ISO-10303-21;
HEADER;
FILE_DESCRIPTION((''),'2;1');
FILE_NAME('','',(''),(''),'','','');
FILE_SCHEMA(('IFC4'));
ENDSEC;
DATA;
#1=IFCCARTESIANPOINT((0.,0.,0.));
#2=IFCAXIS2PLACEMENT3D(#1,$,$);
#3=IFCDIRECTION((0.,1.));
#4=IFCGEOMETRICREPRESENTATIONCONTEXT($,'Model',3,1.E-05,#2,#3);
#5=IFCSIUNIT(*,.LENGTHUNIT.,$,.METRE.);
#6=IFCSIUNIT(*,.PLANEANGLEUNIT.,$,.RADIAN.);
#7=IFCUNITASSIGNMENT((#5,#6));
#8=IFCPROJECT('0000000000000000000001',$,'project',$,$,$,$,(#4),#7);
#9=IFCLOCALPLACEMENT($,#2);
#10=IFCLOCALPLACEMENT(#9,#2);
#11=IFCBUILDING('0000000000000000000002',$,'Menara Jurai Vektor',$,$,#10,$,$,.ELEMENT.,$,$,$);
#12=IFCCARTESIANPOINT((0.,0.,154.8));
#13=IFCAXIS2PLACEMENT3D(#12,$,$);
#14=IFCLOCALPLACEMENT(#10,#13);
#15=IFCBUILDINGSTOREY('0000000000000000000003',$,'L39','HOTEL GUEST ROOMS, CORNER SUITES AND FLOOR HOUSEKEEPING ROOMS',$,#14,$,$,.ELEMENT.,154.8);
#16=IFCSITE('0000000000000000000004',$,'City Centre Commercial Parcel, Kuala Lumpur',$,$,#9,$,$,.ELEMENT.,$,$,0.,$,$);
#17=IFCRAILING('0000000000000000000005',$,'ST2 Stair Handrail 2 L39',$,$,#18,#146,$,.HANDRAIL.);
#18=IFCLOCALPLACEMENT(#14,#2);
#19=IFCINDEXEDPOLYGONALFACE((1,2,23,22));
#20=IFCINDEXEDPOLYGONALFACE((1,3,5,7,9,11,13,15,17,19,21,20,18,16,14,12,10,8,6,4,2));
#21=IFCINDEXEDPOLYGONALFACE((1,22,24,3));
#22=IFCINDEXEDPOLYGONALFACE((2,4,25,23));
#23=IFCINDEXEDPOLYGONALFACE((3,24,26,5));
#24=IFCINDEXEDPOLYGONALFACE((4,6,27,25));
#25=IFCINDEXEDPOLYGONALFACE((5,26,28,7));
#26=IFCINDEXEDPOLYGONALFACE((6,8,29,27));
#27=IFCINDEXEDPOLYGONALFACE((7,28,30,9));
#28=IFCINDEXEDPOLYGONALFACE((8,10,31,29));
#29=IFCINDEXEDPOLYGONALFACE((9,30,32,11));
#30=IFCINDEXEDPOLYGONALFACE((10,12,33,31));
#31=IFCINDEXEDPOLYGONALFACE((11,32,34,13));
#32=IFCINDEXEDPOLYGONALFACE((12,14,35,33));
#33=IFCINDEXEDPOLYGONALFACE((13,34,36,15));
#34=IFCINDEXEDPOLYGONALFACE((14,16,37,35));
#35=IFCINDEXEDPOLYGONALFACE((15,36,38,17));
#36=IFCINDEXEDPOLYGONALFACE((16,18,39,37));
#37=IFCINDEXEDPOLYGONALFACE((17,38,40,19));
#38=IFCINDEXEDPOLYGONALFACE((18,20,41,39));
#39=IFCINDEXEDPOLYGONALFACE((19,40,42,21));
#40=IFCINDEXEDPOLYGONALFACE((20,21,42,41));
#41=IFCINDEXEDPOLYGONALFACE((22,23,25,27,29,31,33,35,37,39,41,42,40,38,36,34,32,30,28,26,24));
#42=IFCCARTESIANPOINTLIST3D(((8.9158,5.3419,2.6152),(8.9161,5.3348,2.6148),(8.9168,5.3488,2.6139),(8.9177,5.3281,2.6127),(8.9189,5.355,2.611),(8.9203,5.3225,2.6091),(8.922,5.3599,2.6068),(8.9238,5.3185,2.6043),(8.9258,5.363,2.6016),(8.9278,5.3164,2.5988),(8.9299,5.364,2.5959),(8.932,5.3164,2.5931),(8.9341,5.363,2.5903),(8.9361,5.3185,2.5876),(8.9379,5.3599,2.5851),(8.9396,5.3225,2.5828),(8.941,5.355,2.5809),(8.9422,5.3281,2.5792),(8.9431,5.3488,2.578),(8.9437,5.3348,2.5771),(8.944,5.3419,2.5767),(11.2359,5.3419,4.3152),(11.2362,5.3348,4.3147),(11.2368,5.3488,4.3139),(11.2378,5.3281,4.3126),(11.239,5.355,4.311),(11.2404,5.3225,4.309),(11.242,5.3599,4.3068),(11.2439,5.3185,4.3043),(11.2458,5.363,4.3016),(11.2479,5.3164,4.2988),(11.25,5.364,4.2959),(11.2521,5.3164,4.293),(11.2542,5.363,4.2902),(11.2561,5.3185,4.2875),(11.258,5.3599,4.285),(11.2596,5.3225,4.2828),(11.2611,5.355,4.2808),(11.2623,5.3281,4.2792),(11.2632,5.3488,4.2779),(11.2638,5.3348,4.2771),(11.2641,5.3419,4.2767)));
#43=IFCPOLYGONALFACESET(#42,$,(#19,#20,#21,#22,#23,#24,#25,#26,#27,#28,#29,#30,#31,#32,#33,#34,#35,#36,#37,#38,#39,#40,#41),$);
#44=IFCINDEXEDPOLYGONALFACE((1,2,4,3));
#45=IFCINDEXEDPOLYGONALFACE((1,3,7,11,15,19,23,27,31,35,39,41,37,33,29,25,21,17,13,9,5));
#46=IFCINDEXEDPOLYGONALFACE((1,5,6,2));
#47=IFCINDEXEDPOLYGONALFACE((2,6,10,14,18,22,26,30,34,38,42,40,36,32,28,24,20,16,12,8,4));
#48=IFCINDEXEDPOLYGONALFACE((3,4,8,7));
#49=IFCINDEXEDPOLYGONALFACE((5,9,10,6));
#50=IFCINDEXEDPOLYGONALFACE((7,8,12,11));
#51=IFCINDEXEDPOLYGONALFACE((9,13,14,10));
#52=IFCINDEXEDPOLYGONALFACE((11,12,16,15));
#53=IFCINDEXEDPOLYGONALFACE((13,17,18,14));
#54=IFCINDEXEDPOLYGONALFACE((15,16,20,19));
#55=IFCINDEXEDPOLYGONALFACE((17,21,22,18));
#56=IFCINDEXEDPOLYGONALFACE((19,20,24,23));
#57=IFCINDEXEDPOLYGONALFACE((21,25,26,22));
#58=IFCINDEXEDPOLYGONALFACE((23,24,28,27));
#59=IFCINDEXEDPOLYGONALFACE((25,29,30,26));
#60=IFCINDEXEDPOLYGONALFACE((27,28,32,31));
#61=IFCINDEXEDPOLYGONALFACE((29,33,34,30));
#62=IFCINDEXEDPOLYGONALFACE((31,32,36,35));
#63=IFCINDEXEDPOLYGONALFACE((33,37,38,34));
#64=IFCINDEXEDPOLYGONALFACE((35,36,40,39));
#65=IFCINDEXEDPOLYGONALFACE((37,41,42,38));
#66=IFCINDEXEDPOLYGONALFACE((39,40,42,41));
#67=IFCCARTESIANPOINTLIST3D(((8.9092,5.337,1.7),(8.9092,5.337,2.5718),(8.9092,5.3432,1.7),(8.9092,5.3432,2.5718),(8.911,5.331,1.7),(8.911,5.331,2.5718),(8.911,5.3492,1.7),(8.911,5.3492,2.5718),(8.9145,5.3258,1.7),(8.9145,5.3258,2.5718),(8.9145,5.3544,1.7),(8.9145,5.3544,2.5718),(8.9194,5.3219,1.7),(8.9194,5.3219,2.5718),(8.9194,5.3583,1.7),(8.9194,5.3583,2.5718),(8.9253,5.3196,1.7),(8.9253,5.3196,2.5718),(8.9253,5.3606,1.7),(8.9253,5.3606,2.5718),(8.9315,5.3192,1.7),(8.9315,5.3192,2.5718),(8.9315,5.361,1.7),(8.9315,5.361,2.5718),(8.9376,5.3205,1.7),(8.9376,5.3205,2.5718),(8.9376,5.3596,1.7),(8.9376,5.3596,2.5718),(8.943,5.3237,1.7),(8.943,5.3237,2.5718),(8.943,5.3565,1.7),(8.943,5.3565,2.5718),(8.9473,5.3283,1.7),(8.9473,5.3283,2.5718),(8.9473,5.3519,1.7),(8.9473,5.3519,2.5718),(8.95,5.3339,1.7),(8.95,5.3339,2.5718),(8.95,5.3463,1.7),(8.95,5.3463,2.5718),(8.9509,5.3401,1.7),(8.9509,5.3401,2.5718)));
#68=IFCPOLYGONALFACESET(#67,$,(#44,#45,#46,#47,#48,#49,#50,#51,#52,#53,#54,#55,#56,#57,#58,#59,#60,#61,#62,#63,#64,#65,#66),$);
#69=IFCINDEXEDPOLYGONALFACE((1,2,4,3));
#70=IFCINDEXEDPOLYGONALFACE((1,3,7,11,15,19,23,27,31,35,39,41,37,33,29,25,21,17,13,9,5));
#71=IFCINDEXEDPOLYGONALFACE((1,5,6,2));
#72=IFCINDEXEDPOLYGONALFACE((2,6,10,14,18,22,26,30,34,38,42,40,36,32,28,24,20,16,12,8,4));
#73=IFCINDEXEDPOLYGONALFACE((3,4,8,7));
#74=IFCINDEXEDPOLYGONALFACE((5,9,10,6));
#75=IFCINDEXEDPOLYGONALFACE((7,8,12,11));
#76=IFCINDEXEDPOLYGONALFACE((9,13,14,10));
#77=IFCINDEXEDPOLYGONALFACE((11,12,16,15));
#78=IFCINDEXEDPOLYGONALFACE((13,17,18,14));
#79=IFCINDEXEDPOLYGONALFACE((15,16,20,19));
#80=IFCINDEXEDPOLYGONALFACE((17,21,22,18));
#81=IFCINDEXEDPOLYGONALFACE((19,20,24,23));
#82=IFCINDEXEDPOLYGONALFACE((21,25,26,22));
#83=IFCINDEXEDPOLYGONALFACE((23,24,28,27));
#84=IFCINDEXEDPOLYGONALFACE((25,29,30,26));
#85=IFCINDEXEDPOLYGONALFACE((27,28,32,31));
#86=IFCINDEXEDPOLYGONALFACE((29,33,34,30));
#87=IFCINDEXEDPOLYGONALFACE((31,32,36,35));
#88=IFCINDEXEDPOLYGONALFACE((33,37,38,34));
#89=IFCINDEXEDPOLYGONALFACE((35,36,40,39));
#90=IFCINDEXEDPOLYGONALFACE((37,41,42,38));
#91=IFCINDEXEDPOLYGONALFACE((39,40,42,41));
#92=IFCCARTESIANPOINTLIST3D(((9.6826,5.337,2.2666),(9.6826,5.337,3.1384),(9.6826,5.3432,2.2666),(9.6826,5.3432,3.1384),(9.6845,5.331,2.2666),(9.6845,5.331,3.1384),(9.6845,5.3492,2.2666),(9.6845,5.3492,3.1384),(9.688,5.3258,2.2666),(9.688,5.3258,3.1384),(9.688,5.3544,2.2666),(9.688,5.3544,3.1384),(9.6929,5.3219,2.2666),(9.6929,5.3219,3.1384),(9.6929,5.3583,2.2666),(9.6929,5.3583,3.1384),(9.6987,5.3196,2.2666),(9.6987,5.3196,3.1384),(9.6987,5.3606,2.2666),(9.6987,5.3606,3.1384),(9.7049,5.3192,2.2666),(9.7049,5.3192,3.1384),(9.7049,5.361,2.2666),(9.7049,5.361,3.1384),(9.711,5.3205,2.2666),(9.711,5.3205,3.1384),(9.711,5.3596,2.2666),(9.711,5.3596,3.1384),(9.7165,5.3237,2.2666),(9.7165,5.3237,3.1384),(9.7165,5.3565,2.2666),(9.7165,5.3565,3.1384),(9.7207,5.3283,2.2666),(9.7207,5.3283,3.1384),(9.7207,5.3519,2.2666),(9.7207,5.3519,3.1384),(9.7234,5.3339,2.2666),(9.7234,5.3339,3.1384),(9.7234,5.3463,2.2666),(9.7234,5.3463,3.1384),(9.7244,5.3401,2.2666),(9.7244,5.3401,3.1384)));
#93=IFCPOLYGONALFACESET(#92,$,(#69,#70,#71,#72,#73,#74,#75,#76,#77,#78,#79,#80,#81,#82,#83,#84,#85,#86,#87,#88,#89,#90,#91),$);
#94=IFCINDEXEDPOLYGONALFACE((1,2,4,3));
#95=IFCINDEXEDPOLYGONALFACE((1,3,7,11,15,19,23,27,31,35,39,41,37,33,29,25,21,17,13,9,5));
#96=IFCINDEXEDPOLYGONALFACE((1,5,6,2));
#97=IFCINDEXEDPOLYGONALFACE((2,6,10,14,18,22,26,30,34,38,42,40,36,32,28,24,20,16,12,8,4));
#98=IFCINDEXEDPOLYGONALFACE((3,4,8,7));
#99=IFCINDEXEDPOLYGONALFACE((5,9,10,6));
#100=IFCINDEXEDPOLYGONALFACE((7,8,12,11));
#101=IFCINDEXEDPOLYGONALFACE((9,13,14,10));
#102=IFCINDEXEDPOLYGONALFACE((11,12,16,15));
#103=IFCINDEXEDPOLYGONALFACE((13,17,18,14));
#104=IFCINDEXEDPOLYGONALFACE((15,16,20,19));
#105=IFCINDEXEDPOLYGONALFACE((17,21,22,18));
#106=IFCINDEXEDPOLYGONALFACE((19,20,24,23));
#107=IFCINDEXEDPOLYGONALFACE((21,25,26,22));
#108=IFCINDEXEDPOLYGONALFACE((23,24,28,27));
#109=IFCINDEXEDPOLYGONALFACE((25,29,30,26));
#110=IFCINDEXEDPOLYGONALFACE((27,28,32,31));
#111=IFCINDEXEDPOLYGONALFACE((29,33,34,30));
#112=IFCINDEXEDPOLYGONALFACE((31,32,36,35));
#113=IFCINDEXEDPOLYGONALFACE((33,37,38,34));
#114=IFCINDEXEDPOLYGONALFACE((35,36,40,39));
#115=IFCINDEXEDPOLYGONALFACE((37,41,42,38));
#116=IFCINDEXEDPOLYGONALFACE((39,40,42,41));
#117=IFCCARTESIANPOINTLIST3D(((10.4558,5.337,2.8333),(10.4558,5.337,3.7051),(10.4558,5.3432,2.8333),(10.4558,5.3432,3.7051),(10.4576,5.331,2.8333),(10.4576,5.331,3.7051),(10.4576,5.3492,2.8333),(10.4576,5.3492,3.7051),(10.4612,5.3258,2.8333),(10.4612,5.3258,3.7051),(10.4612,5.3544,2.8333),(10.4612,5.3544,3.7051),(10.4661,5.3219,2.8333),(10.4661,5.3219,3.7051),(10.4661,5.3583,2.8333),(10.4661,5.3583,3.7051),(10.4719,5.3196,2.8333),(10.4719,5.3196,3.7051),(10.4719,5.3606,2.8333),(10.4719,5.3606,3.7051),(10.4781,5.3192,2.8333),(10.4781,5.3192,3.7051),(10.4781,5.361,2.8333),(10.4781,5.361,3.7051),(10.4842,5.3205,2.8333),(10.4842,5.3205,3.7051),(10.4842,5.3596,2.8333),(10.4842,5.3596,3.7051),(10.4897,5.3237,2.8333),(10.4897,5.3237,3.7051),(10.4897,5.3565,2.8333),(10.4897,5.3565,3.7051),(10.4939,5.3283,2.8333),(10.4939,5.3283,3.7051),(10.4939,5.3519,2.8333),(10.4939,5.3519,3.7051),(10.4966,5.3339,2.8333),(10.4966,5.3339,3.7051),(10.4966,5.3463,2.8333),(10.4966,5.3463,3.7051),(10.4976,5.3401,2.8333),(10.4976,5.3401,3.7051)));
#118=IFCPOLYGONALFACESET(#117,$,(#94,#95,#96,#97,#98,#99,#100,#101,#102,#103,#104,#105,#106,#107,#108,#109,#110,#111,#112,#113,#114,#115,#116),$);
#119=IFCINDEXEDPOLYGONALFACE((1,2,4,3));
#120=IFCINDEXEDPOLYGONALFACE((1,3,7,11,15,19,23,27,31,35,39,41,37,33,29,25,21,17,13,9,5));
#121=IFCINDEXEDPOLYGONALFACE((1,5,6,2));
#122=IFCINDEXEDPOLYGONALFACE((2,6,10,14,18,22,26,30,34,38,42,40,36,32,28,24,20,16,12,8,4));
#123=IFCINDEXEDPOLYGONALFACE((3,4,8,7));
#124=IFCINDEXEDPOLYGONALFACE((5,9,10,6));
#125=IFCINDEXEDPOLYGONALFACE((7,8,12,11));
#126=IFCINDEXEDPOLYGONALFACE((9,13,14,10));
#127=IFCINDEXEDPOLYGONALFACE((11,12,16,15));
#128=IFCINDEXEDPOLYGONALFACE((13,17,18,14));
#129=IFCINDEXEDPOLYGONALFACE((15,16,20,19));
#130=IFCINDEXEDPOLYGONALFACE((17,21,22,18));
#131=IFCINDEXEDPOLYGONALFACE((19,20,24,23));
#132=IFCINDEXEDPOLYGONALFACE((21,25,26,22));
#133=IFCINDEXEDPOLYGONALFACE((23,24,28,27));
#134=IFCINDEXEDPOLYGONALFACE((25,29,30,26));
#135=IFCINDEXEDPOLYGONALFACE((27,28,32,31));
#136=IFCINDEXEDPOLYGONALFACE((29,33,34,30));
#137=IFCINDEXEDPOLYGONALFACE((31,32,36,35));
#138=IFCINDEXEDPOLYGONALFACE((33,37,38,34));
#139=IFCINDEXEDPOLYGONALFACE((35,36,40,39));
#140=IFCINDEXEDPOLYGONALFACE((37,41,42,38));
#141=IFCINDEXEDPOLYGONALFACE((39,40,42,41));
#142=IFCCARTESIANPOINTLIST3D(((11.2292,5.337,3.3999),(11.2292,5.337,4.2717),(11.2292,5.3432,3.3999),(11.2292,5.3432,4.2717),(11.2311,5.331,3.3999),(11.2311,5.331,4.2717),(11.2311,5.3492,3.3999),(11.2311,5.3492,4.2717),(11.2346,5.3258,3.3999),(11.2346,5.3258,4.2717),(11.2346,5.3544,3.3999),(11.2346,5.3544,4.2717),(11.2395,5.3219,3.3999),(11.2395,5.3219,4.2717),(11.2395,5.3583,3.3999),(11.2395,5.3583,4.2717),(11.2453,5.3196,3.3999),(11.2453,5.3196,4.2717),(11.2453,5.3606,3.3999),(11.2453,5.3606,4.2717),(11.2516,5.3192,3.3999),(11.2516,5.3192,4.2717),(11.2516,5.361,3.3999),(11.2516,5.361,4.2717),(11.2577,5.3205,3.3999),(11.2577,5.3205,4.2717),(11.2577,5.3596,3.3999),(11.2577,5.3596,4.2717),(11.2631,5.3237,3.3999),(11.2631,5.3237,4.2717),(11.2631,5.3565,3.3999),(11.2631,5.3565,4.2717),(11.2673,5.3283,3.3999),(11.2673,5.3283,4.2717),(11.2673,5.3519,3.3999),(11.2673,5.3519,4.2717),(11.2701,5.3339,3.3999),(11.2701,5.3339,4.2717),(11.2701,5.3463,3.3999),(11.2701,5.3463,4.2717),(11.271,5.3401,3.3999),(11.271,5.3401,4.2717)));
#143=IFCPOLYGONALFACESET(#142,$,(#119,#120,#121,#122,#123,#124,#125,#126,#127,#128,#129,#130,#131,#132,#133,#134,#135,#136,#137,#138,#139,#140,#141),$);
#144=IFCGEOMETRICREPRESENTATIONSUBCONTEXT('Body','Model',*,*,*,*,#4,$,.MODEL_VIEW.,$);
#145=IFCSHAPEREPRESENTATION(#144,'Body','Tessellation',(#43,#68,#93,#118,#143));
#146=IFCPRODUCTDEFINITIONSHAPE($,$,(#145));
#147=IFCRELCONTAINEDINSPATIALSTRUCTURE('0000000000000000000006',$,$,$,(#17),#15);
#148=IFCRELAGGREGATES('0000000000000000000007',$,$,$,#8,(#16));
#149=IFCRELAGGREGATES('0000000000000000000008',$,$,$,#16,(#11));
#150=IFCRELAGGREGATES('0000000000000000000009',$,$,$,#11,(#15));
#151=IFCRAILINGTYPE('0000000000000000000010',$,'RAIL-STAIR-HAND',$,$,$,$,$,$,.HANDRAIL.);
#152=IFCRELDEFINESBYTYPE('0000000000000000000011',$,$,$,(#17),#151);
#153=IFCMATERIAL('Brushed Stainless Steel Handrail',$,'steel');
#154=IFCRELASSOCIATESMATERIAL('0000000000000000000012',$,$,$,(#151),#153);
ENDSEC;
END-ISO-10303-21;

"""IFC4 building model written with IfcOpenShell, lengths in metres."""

from ifc_helpers import new_model, si_unit, direction, frame, origin, origin_2d, place, context, subcontext, project, spatial, circle, extrude, material, type_object, element, save


model = new_model("IFC4")

# Units and contexts
model_context = context("Model", 3, precision=1e-05, world=origin(), true_north=direction((0.0, 1.0)))
body_context = subcontext(model_context, "Body", "Model", "MODEL_VIEW")
ifc_project = project(units=[si_unit("LENGTHUNIT", "METRE"), si_unit("PLANEANGLEUNIT", "RADIAN")], contexts=[model_context])

# Site, building, storey
site_placement = place(None, origin())
site = spatial("IfcSite", under=ifc_project, at=site_placement, Name="City Centre Commercial Parcel, Kuala Lumpur", CompositionType="ELEMENT", RefElevation=0.0)
building_placement = place(site_placement, origin())
building = spatial("IfcBuilding", under=site, at=building_placement, Name="Menara Jurai Vektor", CompositionType="ELEMENT")
storey_placement = place(building_placement, frame((0.0, 0.0, 154.8)))
storey = spatial("IfcBuildingStorey", under=building, at=storey_placement, Name="L39", Description="HOTEL GUEST ROOMS, CORNER SUITES AND FLOOR HOUSEKEEPING ROOMS", CompositionType="ELEMENT", Elevation=154.8)

# Railing
ifc_material_1 = material(Name="Brushed Stainless Steel Handrail", Category="steel")
railing_type_1 = type_object("IfcRailingType", Name="RAIL-STAIR-HAND", PredefinedType="HANDRAIL", material=ifc_material_1)
railing_1_placement = place(storey_placement, frame((8.9299, 5.3401, 1.7)))
element("IfcRailing", 1, at=railing_1_placement, inside=storey, type_object=railing_type_1, Name="ST2 Stair Handrail 2 L39", PredefinedType="HANDRAIL", context=body_context, shape_type="SweptSolid", body=[
    extrude(circle(Radius=0.0239, at=origin_2d()), frame((0.0, 0.0, 0.896), z_axis=(0.806642, 0.0, 0.59104), x_axis=(0.0, 1.0, 0.0)), (0.0, 0.0, 1.0), 2.8762),
    extrude(circle(Radius=0.021, at=origin_2d()), origin(), (0.0, 0.0, 1.0), 0.8718),
    extrude(circle(Radius=0.021, at=origin_2d()), frame((0.7734, 0.0, 0.5667)), (0.0, 0.0, 1.0), 0.8718),
    extrude(circle(Radius=0.021, at=origin_2d()), frame((1.5466, 0.0, 1.1333)), (0.0, 0.0, 1.0), 0.8718),
    extrude(circle(Radius=0.021, at=origin_2d()), frame((2.3201, 0.0, 1.7)), (0.0, 0.0, 1.0), 0.8718),
])

save(model, "model.ifc")
